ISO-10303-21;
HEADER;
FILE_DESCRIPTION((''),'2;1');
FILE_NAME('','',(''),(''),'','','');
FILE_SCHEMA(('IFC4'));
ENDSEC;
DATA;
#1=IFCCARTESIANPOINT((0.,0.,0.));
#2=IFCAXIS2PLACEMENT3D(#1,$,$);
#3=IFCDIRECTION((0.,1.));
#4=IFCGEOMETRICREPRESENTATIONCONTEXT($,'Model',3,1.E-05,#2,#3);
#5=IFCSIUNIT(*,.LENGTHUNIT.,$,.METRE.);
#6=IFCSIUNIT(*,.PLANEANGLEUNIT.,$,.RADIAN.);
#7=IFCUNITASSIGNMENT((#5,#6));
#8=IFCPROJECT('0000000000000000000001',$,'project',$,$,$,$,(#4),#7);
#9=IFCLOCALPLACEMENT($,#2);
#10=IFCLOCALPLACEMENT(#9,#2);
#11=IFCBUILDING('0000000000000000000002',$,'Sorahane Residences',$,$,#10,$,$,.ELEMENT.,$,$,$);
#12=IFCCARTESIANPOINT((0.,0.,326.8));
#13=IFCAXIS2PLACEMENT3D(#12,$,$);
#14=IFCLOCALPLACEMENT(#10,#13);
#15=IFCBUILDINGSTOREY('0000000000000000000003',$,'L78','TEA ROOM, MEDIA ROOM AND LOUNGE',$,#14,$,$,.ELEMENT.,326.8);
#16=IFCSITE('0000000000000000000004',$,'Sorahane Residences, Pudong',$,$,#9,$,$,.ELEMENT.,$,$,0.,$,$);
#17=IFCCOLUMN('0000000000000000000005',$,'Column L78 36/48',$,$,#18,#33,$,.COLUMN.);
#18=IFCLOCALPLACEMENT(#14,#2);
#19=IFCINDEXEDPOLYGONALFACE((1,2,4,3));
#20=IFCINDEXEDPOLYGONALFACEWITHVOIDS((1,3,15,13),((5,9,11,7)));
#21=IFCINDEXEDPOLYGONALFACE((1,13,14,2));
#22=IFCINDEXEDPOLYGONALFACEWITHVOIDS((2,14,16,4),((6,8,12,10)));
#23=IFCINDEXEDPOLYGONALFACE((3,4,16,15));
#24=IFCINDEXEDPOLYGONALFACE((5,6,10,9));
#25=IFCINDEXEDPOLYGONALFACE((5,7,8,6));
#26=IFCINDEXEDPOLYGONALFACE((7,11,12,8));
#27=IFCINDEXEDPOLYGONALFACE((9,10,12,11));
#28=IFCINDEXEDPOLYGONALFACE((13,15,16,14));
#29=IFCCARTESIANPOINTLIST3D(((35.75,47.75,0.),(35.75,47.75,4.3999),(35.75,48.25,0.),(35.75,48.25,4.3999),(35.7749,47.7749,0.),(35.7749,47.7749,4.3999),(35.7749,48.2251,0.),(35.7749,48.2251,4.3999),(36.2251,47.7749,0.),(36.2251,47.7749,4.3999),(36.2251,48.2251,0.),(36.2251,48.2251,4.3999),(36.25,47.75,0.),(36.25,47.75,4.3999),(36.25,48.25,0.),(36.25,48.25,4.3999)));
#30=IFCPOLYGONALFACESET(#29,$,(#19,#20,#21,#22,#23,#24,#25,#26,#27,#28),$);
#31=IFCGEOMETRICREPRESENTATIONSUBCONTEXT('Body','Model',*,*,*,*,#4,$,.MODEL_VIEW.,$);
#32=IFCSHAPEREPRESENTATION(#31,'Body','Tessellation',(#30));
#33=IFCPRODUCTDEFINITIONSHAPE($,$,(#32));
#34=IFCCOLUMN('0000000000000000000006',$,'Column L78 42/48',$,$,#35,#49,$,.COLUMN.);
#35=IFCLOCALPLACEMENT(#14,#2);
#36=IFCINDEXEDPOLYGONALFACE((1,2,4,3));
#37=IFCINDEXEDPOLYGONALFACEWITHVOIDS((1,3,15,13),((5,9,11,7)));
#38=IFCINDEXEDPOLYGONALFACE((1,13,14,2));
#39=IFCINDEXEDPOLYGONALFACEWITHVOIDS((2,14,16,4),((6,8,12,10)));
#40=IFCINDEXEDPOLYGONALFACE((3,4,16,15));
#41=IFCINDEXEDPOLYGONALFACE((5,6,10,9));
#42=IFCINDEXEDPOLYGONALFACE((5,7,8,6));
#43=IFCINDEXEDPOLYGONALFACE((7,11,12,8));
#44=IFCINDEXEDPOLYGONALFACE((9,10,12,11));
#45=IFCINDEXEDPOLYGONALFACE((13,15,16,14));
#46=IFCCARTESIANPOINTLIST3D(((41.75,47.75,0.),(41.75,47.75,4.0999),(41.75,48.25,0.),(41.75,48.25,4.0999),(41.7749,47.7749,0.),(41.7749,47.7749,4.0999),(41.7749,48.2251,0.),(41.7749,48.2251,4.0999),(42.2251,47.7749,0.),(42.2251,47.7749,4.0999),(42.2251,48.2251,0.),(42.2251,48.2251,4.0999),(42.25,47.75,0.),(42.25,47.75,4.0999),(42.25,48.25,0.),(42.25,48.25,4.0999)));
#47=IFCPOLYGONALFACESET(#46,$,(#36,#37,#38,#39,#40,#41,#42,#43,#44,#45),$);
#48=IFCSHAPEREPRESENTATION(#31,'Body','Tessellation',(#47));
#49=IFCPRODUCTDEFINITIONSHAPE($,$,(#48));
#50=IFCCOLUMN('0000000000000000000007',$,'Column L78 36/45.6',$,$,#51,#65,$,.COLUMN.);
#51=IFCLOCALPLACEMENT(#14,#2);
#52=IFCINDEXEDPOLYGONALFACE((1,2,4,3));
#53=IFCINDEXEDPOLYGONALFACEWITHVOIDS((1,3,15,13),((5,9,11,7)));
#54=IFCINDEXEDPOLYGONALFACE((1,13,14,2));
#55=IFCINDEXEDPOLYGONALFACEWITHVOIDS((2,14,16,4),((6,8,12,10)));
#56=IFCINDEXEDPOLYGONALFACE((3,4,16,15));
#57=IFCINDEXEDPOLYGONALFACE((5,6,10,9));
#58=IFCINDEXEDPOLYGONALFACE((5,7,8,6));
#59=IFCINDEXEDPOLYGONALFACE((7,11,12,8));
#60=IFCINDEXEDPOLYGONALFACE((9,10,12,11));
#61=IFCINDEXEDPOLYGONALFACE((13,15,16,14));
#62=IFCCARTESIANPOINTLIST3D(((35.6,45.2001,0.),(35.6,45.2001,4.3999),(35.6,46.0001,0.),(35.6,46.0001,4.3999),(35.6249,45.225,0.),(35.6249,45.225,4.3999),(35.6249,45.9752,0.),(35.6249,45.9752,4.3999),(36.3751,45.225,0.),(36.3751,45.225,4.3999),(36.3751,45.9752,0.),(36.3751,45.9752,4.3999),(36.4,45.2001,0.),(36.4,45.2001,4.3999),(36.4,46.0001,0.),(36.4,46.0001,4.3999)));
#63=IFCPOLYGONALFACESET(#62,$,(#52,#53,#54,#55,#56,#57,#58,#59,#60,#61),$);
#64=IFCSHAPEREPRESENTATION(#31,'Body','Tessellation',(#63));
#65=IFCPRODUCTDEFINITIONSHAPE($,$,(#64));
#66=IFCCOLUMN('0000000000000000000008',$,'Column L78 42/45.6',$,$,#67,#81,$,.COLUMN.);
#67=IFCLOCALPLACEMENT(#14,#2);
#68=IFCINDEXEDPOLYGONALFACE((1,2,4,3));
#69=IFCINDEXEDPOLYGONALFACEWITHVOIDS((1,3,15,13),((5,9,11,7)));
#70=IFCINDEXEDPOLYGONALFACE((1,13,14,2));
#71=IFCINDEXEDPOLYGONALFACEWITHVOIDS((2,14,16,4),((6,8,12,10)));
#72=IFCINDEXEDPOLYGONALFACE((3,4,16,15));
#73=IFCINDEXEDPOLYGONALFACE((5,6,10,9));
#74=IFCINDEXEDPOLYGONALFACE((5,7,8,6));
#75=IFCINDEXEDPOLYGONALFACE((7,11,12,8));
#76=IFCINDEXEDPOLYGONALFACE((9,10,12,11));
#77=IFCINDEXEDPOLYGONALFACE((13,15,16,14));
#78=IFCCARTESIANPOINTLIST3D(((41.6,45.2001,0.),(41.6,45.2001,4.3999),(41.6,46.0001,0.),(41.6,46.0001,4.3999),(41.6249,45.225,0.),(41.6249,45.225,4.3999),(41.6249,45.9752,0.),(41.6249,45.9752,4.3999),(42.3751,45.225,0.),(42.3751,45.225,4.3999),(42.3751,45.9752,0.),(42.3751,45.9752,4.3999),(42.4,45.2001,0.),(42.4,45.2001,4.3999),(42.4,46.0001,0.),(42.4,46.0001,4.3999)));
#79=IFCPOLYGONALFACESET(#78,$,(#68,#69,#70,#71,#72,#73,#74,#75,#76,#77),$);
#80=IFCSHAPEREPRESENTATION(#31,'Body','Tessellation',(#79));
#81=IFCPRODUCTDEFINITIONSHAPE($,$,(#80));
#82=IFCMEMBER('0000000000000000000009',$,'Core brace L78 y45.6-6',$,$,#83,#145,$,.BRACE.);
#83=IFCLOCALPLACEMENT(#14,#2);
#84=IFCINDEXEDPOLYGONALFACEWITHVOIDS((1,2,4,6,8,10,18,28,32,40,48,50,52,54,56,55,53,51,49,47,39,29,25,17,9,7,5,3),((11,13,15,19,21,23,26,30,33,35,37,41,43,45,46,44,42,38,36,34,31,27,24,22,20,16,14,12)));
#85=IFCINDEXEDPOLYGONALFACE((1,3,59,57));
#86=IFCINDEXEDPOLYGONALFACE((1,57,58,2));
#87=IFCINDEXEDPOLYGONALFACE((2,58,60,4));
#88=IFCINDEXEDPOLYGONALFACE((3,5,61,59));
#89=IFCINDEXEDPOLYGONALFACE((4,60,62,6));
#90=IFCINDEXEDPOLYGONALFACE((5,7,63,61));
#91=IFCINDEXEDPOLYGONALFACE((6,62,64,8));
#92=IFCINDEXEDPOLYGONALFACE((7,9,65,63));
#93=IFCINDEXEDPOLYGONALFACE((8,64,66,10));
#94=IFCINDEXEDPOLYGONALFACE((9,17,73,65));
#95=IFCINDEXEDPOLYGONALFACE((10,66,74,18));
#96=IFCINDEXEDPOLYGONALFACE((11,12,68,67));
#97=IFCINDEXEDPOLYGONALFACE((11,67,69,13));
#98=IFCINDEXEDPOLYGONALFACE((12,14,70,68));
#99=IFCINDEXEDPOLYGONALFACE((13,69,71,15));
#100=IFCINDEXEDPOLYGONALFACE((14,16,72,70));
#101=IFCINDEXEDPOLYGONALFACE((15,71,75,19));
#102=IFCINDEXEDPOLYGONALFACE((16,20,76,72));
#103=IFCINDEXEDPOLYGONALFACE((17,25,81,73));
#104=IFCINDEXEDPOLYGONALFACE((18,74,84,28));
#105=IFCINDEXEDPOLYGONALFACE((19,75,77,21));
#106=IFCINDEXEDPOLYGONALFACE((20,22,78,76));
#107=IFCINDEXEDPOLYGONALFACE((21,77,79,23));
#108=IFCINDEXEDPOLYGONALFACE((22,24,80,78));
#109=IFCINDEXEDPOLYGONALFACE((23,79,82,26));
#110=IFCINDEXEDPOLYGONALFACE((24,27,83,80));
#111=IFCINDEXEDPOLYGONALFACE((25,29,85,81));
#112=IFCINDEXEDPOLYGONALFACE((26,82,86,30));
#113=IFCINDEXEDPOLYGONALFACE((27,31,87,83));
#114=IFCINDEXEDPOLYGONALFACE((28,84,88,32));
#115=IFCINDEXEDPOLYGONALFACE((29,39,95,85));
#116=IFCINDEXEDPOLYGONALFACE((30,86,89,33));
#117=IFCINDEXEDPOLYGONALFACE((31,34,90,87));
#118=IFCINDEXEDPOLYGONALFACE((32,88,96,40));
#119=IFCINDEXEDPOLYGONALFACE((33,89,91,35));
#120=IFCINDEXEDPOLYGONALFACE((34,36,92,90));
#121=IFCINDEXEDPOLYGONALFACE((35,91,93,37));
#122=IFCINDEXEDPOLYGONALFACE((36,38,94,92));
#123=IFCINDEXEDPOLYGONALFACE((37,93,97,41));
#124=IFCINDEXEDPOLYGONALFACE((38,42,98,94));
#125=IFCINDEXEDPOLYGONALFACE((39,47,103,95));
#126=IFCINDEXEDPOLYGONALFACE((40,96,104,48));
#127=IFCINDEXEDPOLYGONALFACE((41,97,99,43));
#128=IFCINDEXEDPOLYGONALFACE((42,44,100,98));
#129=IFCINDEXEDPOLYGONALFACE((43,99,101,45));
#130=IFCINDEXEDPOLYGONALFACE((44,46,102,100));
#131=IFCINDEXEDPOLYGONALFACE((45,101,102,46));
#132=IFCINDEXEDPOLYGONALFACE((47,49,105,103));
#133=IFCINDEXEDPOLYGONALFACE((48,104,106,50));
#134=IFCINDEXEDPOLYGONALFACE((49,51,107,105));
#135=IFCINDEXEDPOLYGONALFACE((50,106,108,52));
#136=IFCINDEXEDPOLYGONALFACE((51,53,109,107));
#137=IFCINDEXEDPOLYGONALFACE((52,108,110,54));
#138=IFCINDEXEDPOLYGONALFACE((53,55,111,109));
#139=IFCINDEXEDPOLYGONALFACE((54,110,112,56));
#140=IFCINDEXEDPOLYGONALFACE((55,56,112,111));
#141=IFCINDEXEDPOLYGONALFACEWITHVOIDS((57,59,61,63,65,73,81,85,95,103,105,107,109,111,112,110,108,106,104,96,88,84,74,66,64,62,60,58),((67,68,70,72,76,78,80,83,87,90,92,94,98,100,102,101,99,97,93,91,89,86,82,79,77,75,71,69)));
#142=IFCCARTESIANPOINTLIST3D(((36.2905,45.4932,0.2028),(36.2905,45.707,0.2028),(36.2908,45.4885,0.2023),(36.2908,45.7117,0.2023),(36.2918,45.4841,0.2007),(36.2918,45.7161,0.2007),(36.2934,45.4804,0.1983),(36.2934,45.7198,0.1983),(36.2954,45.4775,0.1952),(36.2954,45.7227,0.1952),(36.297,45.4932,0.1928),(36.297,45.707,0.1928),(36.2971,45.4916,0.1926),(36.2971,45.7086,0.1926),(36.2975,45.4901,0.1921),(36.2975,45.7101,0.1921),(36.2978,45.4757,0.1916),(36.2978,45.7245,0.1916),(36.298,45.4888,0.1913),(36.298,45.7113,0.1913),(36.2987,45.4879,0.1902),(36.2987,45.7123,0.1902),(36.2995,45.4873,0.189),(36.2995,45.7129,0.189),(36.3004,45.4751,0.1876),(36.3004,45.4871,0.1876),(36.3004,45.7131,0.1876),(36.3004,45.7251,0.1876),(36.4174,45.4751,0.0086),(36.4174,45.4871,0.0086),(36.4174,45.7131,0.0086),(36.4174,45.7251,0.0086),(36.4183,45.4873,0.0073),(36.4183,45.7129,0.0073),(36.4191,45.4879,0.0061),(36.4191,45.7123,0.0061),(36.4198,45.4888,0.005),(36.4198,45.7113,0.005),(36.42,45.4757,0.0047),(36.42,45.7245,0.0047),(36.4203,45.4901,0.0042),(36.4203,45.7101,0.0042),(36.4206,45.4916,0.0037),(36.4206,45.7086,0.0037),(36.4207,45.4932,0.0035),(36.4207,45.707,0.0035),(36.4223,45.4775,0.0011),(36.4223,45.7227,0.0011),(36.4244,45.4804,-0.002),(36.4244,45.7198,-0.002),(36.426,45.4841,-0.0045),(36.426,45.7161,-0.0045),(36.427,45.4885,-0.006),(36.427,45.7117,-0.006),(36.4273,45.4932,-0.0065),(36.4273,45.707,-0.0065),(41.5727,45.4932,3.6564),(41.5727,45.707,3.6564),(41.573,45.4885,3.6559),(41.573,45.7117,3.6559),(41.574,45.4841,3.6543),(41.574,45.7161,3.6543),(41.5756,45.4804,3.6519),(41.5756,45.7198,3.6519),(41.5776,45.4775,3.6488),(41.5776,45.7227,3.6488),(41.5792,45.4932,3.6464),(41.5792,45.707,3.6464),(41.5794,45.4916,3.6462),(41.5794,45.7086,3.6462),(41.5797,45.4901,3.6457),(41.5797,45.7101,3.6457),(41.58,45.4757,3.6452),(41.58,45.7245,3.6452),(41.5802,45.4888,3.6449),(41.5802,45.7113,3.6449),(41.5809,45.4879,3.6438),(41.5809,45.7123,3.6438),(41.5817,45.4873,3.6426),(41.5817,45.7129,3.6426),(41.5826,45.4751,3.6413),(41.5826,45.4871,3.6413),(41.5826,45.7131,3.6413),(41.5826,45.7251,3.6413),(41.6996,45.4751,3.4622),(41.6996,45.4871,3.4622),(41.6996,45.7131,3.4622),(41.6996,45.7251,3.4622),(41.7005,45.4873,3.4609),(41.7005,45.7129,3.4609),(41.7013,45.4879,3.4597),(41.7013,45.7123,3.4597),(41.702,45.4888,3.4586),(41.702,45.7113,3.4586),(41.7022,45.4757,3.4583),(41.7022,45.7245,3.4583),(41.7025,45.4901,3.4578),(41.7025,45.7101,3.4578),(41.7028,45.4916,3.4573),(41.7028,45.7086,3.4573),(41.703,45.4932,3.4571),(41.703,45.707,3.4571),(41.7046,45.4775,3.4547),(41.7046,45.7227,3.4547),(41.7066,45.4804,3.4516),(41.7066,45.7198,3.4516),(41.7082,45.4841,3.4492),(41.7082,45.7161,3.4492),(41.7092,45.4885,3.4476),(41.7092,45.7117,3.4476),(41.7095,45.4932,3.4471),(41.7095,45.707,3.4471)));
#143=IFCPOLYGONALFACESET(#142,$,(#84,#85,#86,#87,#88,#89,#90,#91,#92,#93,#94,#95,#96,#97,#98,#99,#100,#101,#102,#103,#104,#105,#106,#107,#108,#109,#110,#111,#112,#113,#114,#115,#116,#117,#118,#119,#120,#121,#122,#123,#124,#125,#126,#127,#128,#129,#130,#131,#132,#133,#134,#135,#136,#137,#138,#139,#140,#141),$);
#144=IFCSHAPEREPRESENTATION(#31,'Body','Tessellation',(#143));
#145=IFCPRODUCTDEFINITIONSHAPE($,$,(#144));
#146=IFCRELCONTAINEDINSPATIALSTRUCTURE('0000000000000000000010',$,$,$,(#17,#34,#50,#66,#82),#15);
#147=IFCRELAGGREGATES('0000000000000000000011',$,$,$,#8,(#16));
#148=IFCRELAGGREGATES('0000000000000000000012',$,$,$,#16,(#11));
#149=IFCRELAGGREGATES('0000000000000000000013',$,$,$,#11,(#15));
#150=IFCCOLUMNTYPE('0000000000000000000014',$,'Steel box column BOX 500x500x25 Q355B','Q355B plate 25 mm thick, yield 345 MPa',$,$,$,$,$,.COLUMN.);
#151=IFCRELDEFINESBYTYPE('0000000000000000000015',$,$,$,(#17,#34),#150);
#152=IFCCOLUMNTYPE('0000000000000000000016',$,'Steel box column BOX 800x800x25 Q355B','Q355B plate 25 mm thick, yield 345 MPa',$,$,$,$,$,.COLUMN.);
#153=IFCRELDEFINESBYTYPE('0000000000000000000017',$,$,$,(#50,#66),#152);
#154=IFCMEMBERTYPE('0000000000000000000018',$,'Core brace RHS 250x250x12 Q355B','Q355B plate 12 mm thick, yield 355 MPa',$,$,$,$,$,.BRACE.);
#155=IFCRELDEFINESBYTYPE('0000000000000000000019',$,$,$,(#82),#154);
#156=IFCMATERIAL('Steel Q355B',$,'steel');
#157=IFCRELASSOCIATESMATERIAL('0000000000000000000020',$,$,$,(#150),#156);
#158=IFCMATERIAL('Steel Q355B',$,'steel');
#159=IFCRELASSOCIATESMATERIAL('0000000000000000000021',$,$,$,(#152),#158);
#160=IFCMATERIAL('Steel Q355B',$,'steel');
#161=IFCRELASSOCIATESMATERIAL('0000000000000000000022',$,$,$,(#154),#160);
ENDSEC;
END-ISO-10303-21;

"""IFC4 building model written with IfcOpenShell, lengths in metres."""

from ifc_helpers import new_model, si_unit, direction, frame, origin, origin_2d, place, context, subcontext, project, spatial, hollow_rectangle, extrude, material, material_profile, profile_set, type_object, element, save


model = new_model("IFC4")

# Units and contexts
model_context = context("Model", 3, precision=1e-05, world=origin(), true_north=direction((0.0, 1.0)))
body_context = subcontext(model_context, "Body", "Model", "MODEL_VIEW")
ifc_project = project(units=[si_unit("LENGTHUNIT", "METRE"), si_unit("PLANEANGLEUNIT", "RADIAN")], contexts=[model_context])

# Site, building, storey
site_placement = place(None, origin())
site = spatial("IfcSite", under=ifc_project, at=site_placement, Name="Sorahane Residences, Pudong", CompositionType="ELEMENT", RefElevation=0.0)
building_placement = place(site_placement, origin())
building = spatial("IfcBuilding", under=site, at=building_placement, Name="Sorahane Residences", CompositionType="ELEMENT")
storey_placement = place(building_placement, frame((0.0, 0.0, 326.8)))
storey = spatial("IfcBuildingStorey", under=building, at=storey_placement, Name="L78", Description="TEA ROOM, MEDIA ROOM AND LOUNGE", CompositionType="ELEMENT", Elevation=326.8)

# Columns
ifc_material_1 = material(Name="Steel Q355B", Category="steel")
ifc_material_profile_1 = material_profile(ifc_material_1, hollow_rectangle(XDim=0.5, YDim=0.5, WallThickness=0.0249, at=origin_2d()), Name="BOX 500x500x25")
ifc_profile_set_1 = profile_set([ifc_material_profile_1], Name="Steel Q355B")
column_type_1 = type_object("IfcColumnType", Name="Steel box column BOX 500x500x25 Q355B", Description="Q355B plate 25 mm thick, yield 345 MPa", PredefinedType="COLUMN", material=ifc_profile_set_1)
column_1_placement = place(storey_placement, frame((36.0, 48.0, 0.0), z_axis=(0.0, 0.0, 1.0), x_axis=(1.0, 0.0, 0.0)))
element("IfcColumn", 1, at=column_1_placement, inside=storey, type_object=column_type_1, Name="Column L78 36/48", PredefinedType="COLUMN", context=body_context, shape_type="SweptSolid", body=[
    extrude(hollow_rectangle(XDim=0.5, YDim=0.5, WallThickness=0.0249, at=origin_2d()), origin(), (0.0, 0.0, 1.0), 4.3999),
])
column_2_placement = place(storey_placement, frame((42.0, 48.0, 0.0), z_axis=(0.0, 0.0, 1.0), x_axis=(1.0, 0.0, 0.0)))
element("IfcColumn", 2, at=column_2_placement, inside=storey, type_object=column_type_1, Name="Column L78 42/48", PredefinedType="COLUMN", context=body_context, shape_type="SweptSolid", body=[
    extrude(hollow_rectangle(XDim=0.5, YDim=0.5, WallThickness=0.0249, at=origin_2d()), origin(), (0.0, 0.0, 1.0), 4.0999),
])
ifc_material_2 = material(Name="Steel Q355B", Category="steel")
ifc_material_profile_2 = material_profile(ifc_material_2, hollow_rectangle(XDim=0.8, YDim=0.8, WallThickness=0.0249, at=origin_2d()), Name="BOX 800x800x25")
ifc_profile_set_2 = profile_set([ifc_material_profile_2], Name="Steel Q355B")
column_type_2 = type_object("IfcColumnType", Name="Steel box column BOX 800x800x25 Q355B", Description="Q355B plate 25 mm thick, yield 345 MPa", PredefinedType="COLUMN", material=ifc_profile_set_2)
for number, where, z_axis, x_axis, name in (
    (3, (36.0, 45.6001, 0.0), (0.0, 0.0, 1.0), (1.0, 0.0, 0.0), "Column L78 36/45.6"),
    (4, (42.0, 45.6001, 0.0), (0.0, 0.0, 1.0), (1.0, 0.0, 0.0), "Column L78 42/45.6"),
):
    element("IfcColumn", number, at=place(storey_placement, frame(where, z_axis=z_axis, x_axis=x_axis)), inside=storey, type_object=column_type_2, Name=name, PredefinedType="COLUMN", context=body_context, shape_type="SweptSolid", body=[
        extrude(hollow_rectangle(XDim=0.8, YDim=0.8, WallThickness=0.0249, at=origin_2d()), origin(), (0.0, 0.0, 1.0), 4.3999),
    ])

# Member
ifc_material_3 = material(Name="Steel Q355B", Category="steel")
ifc_material_profile_3 = material_profile(ifc_material_3, hollow_rectangle(XDim=0.25, YDim=0.25, WallThickness=0.012, InnerFilletRadius=0.0061, OuterFilletRadius=0.0181, at=origin_2d()), Name="RHS 250x250x12")
ifc_profile_set_3 = profile_set([ifc_material_profile_3], Name="Steel Q355B")
member_type_1 = type_object("IfcMemberType", Name="Core brace RHS 250x250x12 Q355B", Description="Q355B plate 12 mm thick, yield 355 MPa", PredefinedType="BRACE", material=ifc_profile_set_3)
member_1_placement = place(storey_placement, frame((36.3589, 45.6001, 0.0981), z_axis=(0.836981, 0.0, 0.547233), x_axis=(0.0, 1.0, 0.0)))
element("IfcMember", 5, at=member_1_placement, inside=storey, type_object=member_type_1, Name="Core brace L78 y45.6-6", PredefinedType="BRACE", context=body_context, shape_type="SweptSolid", body=[
    extrude(hollow_rectangle(XDim=0.25, YDim=0.25, WallThickness=0.012, InnerFilletRadius=0.0061, OuterFilletRadius=0.0181, at=origin_2d()), origin(), (0.0, 0.0, 1.0), 6.311),
])

save(model, "model.ifc")
